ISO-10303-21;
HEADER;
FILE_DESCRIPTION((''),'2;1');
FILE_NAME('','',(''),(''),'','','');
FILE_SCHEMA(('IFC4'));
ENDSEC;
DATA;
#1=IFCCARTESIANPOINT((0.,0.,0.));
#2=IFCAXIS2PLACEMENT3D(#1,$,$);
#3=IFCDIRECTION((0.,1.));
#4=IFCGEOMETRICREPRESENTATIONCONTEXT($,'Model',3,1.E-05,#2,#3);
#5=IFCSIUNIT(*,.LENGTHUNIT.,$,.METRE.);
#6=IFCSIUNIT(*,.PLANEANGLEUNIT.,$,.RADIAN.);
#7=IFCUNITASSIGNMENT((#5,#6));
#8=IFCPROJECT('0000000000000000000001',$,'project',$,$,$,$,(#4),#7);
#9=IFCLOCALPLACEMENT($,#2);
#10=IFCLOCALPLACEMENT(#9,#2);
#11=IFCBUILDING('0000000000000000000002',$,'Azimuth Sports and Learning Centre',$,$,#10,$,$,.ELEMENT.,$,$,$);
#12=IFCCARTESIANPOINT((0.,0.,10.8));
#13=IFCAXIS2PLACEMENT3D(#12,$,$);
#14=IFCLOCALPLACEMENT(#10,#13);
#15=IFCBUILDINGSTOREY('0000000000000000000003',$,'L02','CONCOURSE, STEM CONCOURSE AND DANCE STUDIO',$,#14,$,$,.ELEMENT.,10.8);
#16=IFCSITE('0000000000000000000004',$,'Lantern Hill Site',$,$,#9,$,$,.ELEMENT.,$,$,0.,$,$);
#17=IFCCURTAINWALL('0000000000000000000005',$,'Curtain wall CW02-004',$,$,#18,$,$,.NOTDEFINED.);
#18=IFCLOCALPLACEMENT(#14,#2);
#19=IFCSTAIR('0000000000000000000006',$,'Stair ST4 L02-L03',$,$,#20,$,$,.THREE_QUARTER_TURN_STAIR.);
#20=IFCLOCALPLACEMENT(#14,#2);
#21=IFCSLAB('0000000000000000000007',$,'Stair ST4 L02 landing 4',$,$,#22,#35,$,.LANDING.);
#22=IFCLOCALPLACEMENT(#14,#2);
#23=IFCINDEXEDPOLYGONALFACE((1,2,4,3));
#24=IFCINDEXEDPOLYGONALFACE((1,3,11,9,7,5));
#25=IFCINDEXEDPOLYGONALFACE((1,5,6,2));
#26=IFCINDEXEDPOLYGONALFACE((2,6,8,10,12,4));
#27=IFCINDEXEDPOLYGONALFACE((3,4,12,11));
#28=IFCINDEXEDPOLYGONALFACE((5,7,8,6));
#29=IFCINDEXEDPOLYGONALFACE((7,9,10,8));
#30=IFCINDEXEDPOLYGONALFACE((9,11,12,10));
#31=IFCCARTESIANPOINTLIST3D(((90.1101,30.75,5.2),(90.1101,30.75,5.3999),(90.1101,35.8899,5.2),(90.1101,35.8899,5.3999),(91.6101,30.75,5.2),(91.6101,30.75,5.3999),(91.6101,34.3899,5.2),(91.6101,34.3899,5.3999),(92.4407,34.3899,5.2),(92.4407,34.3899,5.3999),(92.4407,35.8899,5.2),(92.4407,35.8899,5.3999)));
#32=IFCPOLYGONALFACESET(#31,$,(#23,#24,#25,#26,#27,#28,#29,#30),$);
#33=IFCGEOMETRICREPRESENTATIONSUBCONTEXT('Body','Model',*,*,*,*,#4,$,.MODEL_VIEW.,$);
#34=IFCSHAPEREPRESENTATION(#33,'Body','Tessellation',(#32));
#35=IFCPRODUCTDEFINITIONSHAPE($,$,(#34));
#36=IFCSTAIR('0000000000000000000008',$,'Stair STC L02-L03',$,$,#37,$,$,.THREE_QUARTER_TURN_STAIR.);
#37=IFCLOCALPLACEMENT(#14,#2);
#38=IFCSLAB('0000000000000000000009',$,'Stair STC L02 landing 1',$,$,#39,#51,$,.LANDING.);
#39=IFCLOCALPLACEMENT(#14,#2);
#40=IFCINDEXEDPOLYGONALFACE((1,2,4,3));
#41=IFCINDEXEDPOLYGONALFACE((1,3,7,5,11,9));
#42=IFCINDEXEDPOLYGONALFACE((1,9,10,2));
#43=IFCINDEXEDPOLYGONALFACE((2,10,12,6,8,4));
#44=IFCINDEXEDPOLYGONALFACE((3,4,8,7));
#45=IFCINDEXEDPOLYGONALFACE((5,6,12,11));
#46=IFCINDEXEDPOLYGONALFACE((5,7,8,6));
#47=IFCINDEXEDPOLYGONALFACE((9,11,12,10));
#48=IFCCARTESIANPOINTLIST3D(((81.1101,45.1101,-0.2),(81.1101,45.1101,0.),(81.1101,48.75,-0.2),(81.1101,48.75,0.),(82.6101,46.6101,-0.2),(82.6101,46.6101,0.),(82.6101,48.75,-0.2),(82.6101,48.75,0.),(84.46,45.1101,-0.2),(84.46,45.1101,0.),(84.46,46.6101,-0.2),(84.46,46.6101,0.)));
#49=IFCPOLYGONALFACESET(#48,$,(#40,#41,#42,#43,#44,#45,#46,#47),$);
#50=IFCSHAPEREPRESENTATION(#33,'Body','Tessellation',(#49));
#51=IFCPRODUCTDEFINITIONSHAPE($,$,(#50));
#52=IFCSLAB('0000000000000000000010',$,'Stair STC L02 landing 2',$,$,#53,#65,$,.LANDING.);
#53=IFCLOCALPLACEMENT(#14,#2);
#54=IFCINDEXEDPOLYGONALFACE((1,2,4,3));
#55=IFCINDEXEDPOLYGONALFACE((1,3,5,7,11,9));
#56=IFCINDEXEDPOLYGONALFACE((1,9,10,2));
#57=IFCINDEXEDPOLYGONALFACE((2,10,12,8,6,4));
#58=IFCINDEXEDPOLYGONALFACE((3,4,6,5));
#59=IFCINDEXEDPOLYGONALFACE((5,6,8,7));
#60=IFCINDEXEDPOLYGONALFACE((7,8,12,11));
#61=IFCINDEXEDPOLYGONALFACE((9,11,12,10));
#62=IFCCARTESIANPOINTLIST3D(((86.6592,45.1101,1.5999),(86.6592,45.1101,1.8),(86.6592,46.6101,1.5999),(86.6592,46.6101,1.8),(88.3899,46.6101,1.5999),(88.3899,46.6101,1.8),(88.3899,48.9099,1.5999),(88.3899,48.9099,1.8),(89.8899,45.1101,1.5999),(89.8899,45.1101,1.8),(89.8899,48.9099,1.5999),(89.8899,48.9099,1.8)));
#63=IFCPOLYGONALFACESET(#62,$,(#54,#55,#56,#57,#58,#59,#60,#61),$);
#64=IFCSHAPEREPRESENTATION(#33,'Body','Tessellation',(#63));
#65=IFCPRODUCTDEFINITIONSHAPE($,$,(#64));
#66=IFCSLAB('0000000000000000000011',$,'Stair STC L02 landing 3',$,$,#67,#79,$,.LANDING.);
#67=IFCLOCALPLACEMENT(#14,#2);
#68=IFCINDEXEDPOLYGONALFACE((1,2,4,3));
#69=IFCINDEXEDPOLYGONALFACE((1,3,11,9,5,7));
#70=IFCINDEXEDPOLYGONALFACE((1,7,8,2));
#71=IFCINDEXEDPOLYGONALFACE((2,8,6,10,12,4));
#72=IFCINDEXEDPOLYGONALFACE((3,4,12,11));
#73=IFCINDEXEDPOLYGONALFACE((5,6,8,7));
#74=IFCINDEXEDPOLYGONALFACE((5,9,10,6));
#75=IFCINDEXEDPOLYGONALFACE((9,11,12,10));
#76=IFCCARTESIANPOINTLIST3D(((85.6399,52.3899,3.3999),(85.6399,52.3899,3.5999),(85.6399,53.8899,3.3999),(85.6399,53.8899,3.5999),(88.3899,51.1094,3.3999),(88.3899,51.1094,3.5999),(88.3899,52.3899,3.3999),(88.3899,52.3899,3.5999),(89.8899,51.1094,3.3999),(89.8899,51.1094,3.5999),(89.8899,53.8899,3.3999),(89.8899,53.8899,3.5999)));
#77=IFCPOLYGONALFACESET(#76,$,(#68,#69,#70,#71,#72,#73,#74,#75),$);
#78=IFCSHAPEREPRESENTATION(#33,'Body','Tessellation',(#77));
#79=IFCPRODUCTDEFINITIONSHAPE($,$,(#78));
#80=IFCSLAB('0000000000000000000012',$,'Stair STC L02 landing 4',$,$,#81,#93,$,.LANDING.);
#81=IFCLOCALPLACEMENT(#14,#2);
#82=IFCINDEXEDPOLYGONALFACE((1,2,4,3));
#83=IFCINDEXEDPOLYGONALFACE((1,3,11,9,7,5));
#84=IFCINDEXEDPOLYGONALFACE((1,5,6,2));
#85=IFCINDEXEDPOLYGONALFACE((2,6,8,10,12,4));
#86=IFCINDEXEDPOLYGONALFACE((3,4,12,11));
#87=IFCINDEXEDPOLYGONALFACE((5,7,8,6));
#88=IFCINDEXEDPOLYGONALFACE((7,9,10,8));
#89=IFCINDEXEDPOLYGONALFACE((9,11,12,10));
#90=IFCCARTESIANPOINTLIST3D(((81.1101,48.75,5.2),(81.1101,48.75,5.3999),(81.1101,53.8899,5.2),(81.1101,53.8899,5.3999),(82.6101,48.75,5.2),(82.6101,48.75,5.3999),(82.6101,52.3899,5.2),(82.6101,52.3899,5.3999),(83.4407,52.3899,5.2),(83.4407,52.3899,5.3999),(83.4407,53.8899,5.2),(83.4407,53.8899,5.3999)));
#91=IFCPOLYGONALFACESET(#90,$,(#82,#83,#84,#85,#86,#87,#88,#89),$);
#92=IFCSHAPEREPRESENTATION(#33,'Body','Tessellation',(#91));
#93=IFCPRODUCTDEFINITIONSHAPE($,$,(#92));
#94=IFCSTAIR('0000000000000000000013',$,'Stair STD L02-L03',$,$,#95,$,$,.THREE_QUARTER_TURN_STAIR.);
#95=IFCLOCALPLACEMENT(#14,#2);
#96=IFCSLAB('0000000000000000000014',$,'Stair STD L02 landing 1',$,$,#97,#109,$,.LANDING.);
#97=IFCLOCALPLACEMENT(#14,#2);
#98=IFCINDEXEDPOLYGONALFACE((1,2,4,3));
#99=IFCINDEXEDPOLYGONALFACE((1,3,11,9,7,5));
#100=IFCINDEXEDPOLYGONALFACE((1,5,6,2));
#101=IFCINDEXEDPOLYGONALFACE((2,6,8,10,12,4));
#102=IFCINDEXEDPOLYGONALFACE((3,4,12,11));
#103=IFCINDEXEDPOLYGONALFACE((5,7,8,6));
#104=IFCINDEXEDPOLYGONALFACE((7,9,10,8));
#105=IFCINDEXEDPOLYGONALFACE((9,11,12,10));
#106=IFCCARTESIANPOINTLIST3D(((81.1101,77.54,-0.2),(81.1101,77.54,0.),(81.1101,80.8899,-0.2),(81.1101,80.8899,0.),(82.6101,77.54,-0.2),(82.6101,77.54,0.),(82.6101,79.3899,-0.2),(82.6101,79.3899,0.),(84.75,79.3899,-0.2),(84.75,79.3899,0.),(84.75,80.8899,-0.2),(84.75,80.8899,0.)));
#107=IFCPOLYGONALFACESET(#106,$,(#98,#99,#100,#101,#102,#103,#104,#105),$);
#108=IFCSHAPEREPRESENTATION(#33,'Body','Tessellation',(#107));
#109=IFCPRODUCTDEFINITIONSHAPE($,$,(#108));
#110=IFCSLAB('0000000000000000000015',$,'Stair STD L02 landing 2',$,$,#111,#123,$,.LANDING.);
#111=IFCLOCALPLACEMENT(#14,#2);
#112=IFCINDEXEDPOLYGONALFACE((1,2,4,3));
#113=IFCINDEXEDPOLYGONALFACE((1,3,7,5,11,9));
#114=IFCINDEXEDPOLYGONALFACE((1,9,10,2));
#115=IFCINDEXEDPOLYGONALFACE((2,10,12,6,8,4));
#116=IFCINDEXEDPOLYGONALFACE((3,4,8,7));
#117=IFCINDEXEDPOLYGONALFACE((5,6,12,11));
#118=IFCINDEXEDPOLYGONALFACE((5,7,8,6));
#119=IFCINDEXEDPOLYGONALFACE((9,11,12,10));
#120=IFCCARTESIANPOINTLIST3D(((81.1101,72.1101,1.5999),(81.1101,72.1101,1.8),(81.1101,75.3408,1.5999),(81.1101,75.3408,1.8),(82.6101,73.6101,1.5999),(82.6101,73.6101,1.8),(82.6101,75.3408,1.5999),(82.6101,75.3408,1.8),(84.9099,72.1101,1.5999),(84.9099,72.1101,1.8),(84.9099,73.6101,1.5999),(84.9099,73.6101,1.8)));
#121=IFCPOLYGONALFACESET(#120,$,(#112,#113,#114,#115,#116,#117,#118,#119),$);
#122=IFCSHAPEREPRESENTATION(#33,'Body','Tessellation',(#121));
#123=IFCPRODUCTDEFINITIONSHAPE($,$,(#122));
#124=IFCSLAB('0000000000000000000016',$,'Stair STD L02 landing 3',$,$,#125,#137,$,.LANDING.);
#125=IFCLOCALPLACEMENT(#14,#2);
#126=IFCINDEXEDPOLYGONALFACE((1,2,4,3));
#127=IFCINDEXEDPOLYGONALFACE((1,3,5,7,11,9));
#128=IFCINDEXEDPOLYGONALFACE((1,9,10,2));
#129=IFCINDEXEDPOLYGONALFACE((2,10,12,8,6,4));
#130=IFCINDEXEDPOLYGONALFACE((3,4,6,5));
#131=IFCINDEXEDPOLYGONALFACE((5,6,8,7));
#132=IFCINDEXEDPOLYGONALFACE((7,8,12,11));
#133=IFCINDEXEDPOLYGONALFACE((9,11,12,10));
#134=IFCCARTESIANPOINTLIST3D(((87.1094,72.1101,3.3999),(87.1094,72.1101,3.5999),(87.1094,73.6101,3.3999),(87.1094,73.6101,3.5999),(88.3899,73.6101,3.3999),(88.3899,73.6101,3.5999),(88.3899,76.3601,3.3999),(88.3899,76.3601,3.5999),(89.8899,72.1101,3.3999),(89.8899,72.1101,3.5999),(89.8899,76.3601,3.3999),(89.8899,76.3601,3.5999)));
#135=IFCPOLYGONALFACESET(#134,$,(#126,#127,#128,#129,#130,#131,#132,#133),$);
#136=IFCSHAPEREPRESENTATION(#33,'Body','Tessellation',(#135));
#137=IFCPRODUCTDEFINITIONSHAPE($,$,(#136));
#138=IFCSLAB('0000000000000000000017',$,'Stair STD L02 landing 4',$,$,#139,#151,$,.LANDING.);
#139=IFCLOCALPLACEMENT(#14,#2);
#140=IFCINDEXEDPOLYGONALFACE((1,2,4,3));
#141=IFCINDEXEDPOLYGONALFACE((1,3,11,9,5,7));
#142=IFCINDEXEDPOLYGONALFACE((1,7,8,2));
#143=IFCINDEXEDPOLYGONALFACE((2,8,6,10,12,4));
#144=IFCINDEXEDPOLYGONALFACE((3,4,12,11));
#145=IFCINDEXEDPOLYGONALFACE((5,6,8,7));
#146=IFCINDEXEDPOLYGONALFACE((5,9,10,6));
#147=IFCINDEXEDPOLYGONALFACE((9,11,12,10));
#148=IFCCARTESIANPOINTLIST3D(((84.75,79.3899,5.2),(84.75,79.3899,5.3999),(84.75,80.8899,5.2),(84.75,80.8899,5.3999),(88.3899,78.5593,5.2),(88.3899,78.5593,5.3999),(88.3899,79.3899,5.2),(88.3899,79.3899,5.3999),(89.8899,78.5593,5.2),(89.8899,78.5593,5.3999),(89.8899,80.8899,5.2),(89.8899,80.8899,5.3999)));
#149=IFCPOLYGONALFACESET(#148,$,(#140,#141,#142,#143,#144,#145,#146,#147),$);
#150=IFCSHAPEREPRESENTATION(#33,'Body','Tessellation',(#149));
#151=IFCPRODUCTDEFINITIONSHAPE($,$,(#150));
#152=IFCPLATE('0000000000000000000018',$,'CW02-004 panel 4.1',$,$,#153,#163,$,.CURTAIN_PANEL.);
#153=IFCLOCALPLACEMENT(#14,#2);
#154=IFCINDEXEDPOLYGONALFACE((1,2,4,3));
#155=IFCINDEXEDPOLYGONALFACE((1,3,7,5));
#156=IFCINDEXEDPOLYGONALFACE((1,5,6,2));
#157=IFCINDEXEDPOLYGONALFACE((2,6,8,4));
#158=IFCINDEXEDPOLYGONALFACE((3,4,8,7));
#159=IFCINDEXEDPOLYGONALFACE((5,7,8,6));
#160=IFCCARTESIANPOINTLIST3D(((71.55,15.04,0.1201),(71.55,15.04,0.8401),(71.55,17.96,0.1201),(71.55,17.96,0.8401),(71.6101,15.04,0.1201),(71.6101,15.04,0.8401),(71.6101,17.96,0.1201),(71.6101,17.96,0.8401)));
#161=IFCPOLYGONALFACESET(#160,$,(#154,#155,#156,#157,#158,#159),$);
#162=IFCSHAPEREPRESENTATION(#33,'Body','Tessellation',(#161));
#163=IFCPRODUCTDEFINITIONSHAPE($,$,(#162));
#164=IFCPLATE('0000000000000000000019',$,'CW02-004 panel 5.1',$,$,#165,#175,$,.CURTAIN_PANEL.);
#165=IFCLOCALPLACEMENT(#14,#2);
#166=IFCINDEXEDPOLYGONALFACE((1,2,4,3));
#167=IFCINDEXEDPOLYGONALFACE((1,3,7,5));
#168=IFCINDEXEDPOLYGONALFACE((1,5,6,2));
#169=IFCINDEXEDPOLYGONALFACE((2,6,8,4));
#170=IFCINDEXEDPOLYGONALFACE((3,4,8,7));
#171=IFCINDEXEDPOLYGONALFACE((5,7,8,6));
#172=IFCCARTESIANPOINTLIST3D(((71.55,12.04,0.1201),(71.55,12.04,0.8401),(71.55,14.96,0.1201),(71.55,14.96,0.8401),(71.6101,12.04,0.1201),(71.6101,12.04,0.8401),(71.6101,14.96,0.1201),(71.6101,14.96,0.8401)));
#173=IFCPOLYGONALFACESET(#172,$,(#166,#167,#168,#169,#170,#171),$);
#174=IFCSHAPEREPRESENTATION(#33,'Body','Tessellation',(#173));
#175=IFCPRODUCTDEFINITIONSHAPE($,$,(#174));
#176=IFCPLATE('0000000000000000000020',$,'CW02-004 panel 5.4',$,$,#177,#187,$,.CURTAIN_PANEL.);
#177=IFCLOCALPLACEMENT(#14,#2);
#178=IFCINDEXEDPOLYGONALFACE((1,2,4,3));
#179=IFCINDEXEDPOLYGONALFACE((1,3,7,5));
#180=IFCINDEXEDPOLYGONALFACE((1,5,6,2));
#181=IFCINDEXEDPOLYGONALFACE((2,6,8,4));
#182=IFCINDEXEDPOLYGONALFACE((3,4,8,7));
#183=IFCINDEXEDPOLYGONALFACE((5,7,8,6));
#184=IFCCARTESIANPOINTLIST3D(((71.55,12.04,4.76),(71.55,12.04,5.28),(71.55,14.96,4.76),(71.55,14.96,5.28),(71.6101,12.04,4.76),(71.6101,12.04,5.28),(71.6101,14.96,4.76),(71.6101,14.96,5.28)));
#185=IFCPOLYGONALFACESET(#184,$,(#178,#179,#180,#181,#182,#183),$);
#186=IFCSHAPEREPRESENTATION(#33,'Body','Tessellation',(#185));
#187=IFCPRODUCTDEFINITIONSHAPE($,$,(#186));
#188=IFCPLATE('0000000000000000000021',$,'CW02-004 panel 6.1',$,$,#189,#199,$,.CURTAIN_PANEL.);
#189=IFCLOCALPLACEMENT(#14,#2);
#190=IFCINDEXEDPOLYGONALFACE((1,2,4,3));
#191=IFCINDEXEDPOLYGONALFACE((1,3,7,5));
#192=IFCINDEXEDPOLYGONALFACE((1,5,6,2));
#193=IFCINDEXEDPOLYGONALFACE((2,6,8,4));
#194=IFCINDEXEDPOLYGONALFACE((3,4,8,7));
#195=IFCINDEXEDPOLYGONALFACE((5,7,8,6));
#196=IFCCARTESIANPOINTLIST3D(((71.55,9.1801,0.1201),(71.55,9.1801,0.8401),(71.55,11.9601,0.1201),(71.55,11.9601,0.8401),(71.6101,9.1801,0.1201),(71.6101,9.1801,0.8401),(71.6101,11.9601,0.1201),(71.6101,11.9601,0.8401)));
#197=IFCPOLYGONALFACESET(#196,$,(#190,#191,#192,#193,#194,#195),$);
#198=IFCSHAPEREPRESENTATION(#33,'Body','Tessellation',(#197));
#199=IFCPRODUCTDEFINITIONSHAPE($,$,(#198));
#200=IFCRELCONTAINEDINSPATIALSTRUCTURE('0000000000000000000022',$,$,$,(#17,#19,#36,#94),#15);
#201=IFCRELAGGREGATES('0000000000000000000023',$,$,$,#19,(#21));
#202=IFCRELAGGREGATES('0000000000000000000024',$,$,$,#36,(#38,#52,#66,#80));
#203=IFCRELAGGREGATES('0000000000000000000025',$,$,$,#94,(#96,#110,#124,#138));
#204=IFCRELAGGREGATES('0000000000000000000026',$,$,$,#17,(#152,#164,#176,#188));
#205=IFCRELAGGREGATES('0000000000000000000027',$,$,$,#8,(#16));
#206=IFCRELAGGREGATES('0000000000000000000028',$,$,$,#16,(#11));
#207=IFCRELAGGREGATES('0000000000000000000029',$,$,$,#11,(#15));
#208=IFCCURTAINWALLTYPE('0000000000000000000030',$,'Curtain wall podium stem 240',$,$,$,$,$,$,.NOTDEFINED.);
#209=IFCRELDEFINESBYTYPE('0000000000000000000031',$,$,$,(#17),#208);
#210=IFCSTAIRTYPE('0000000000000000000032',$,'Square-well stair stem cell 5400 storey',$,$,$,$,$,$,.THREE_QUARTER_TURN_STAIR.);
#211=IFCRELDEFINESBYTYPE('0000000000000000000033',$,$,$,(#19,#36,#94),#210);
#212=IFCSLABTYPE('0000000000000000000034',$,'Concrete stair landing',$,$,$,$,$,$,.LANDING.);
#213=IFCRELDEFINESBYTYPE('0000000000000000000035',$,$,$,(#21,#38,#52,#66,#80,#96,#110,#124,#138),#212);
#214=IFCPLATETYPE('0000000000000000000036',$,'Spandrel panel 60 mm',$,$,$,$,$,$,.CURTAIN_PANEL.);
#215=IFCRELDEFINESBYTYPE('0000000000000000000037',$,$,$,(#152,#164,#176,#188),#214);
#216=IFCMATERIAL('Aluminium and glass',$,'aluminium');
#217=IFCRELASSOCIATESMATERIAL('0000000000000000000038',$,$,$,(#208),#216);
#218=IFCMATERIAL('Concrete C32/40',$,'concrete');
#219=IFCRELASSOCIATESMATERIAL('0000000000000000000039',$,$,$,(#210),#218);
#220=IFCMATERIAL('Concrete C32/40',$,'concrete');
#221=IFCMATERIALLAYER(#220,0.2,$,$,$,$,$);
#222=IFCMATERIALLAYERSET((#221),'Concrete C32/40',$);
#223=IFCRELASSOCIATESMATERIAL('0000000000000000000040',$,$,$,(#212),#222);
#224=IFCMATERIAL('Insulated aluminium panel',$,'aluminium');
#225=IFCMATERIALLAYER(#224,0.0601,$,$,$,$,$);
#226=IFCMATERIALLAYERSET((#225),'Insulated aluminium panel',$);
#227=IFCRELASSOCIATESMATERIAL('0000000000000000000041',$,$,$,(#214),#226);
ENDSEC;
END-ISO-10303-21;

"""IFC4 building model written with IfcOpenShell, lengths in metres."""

from ifc_helpers import new_model, si_unit, direction, frame, origin, origin_2d, place, context, subcontext, project, spatial, polyline, rectangle, outline, extrude, material, layer, layer_set, type_object, element, aggregate, save


model = new_model("IFC4")

# Units and contexts
model_context = context("Model", 3, precision=1e-05, world=origin(), true_north=direction((0.0, 1.0)))
body_context = subcontext(model_context, "Body", "Model", "MODEL_VIEW")
ifc_project = project(units=[si_unit("LENGTHUNIT", "METRE"), si_unit("PLANEANGLEUNIT", "RADIAN")], contexts=[model_context])

# Site, building, storey
site_placement = place(None, origin())
site = spatial("IfcSite", under=ifc_project, at=site_placement, Name="Lantern Hill Site", CompositionType="ELEMENT", RefElevation=0.0)
building_placement = place(site_placement, origin())
building = spatial("IfcBuilding", under=site, at=building_placement, Name="Azimuth Sports and Learning Centre", CompositionType="ELEMENT")
storey_placement = place(building_placement, frame((0.0, 0.0, 10.8)))
storey = spatial("IfcBuildingStorey", under=building, at=storey_placement, Name="L02", Description="CONCOURSE, STEM CONCOURSE AND DANCE STUDIO", CompositionType="ELEMENT", Elevation=10.8)

# Curtain wall
ifc_material_1 = material(Name="Aluminium and glass", Category="aluminium")
curtain_wall_type = type_object("IfcCurtainWallType", Name="Curtain wall podium stem 240", PredefinedType="NOTDEFINED", material=ifc_material_1)
curtain_wall_placement = place(storey_placement, origin())
curtain_wall = element("IfcCurtainWall", 1, at=curtain_wall_placement, inside=storey, type_object=curtain_wall_type, Name="Curtain wall CW02-004", PredefinedType="NOTDEFINED")

# Stairs, slabs
ifc_material_2 = material(Name="Concrete C32/40", Category="concrete")
stair_type = type_object("IfcStairType", Name="Square-well stair stem cell 5400 storey", PredefinedType="THREE_QUARTER_TURN_STAIR", material=ifc_material_2)
stair_1_placement = place(storey_placement, origin())
stair_1 = element("IfcStair", 2, at=stair_1_placement, inside=storey, type_object=stair_type, Name="Stair ST4 L02-L03", PredefinedType="THREE_QUARTER_TURN_STAIR")
ifc_material_3 = material(Name="Concrete C32/40", Category="concrete")
ifc_layer_1 = layer(ifc_material_3, 0.2)
ifc_layer_set_1 = layer_set([ifc_layer_1], Name="Concrete C32/40")
slab_type = type_object("IfcSlabType", Name="Concrete stair landing", PredefinedType="LANDING", material=ifc_layer_set_1)
slab_1_placement = place(storey_placement, frame((0.0, 0.0, 5.2)))
slab_1 = element("IfcSlab", 3, at=slab_1_placement, type_object=slab_type, Name="Stair ST4 L02 landing 4", PredefinedType="LANDING", context=body_context, shape_type="SweptSolid", body=[
    extrude(outline(polyline([(91.6101, 34.3899), (92.4407, 34.3899), (92.4407, 35.8899), (90.1101, 35.8899), (90.1101, 30.75), (91.6101, 30.75), (91.6101, 34.3899)])), origin(), (0.0, 0.0, 1.0), 0.2),
])
aggregate(stair_1, [slab_1])
stair_2_placement = place(storey_placement, origin())
stair_2 = element("IfcStair", 4, at=stair_2_placement, inside=storey, type_object=stair_type, Name="Stair STC L02-L03", PredefinedType="THREE_QUARTER_TURN_STAIR")
slab_2_placement = place(storey_placement, frame((0.0, 0.0, -0.2)))
slab_2 = element("IfcSlab", 5, at=slab_2_placement, type_object=slab_type, Name="Stair STC L02 landing 1", PredefinedType="LANDING", context=body_context, shape_type="SweptSolid", body=[
    extrude(outline(polyline([(84.46, 46.6101), (82.6101, 46.6101), (82.6101, 48.75), (81.1101, 48.75), (81.1101, 45.1101), (84.46, 45.1101), (84.46, 46.6101)])), origin(), (0.0, 0.0, 1.0), 0.2),
])
slab_3_placement = place(storey_placement, frame((0.0, 0.0, 1.5999)))
slab_3 = element("IfcSlab", 6, at=slab_3_placement, type_object=slab_type, Name="Stair STC L02 landing 2", PredefinedType="LANDING", context=body_context, shape_type="SweptSolid", body=[
    extrude(outline(polyline([(88.3899, 46.6101), (86.6592, 46.6101), (86.6592, 45.1101), (89.8899, 45.1101), (89.8899, 48.9099), (88.3899, 48.9099), (88.3899, 46.6101)])), origin(), (0.0, 0.0, 1.0), 0.2002),
])
slab_4_placement = place(storey_placement, frame((0.0, 0.0, 3.3999)))
slab_4 = element("IfcSlab", 7, at=slab_4_placement, type_object=slab_type, Name="Stair STC L02 landing 3", PredefinedType="LANDING", context=body_context, shape_type="SweptSolid", body=[
    extrude(outline(polyline([(88.3899, 52.3899), (88.3899, 51.1094), (89.8899, 51.1094), (89.8899, 53.8899), (85.6399, 53.8899), (85.6399, 52.3899), (88.3899, 52.3899)])), origin(), (0.0, 0.0, 1.0), 0.2),
])
slab_5_placement = place(storey_placement, frame((0.0, 0.0, 5.2)))
slab_5 = element("IfcSlab", 8, at=slab_5_placement, type_object=slab_type, Name="Stair STC L02 landing 4", PredefinedType="LANDING", context=body_context, shape_type="SweptSolid", body=[
    extrude(outline(polyline([(82.6101, 52.3899), (83.4407, 52.3899), (83.4407, 53.8899), (81.1101, 53.8899), (81.1101, 48.75), (82.6101, 48.75), (82.6101, 52.3899)])), origin(), (0.0, 0.0, 1.0), 0.2),
])
aggregate(stair_2, [slab_2, slab_3, slab_4, slab_5])
stair_3_placement = place(storey_placement, origin())
stair_3 = element("IfcStair", 9, at=stair_3_placement, inside=storey, type_object=stair_type, Name="Stair STD L02-L03", PredefinedType="THREE_QUARTER_TURN_STAIR")
slab_6_placement = place(storey_placement, frame((0.0, 0.0, -0.2)))
slab_6 = element("IfcSlab", 10, at=slab_6_placement, type_object=slab_type, Name="Stair STD L02 landing 1", PredefinedType="LANDING", context=body_context, shape_type="SweptSolid", body=[
    extrude(outline(polyline([(82.6101, 77.54), (82.6101, 79.3899), (84.75, 79.3899), (84.75, 80.8899), (81.1101, 80.8899), (81.1101, 77.54), (82.6101, 77.54)])), origin(), (0.0, 0.0, 1.0), 0.2),
])
slab_7_placement = place(storey_placement, frame((0.0, 0.0, 1.5999)))
slab_7 = element("IfcSlab", 11, at=slab_7_placement, type_object=slab_type, Name="Stair STD L02 landing 2", PredefinedType="LANDING", context=body_context, shape_type="SweptSolid", body=[
    extrude(outline(polyline([(82.6101, 73.6101), (82.6101, 75.3408), (81.1101, 75.3408), (81.1101, 72.1101), (84.9099, 72.1101), (84.9099, 73.6101), (82.6101, 73.6101)])), origin(), (0.0, 0.0, 1.0), 0.2002),
])
slab_8_placement = place(storey_placement, frame((0.0, 0.0, 3.3999)))
slab_8 = element("IfcSlab", 12, at=slab_8_placement, type_object=slab_type, Name="Stair STD L02 landing 3", PredefinedType="LANDING", context=body_context, shape_type="SweptSolid", body=[
    extrude(outline(polyline([(88.3899, 73.6101), (87.1094, 73.6101), (87.1094, 72.1101), (89.8899, 72.1101), (89.8899, 76.3601), (88.3899, 76.3601), (88.3899, 73.6101)])), origin(), (0.0, 0.0, 1.0), 0.2),
])
slab_9_placement = place(storey_placement, frame((0.0, 0.0, 5.2)))
slab_9 = element("IfcSlab", 13, at=slab_9_placement, type_object=slab_type, Name="Stair STD L02 landing 4", PredefinedType="LANDING", context=body_context, shape_type="SweptSolid", body=[
    extrude(outline(polyline([(88.3899, 79.3899), (88.3899, 78.5593), (89.8899, 78.5593), (89.8899, 80.8899), (84.75, 80.8899), (84.75, 79.3899), (88.3899, 79.3899)])), origin(), (0.0, 0.0, 1.0), 0.2),
])
aggregate(stair_3, [slab_6, slab_7, slab_8, slab_9])

# Plates
ifc_material_4 = material(Name="Insulated aluminium panel", Category="aluminium")
ifc_layer_2 = layer(ifc_material_4, 0.0601)
ifc_layer_set_2 = layer_set([ifc_layer_2], Name="Insulated aluminium panel")
plate_type_1 = type_object("IfcPlateType", Name="Spandrel panel 60 mm", PredefinedType="CURTAIN_PANEL", material=ifc_layer_set_2)
plate_1_placement = place(storey_placement, frame((71.5801, 16.5, 0.1201), z_axis=(0.0, 0.0, 1.0), x_axis=(0.0, -1.0, 0.0)))
plate_1 = element("IfcPlate", 14, at=plate_1_placement, type_object=plate_type_1, Name="CW02-004 panel 4.1", PredefinedType="CURTAIN_PANEL", context=body_context, shape_type="SweptSolid", body=[
    extrude(rectangle(XDim=2.9199, YDim=0.0601, at=origin_2d()), origin(), (0.0, 0.0, 1.0), 0.72),
])
plate_2_placement = place(storey_placement, frame((71.5801, 13.5, 0.1201), z_axis=(0.0, 0.0, 1.0), x_axis=(0.0, -1.0, 0.0)))
plate_2 = element("IfcPlate", 15, at=plate_2_placement, type_object=plate_type_1, Name="CW02-004 panel 5.1", PredefinedType="CURTAIN_PANEL", context=body_context, shape_type="SweptSolid", body=[
    extrude(rectangle(XDim=2.9199, YDim=0.0601, at=origin_2d()), origin(), (0.0, 0.0, 1.0), 0.72),
])
plate_3_placement = place(storey_placement, frame((71.5801, 13.5, 4.76), z_axis=(0.0, 0.0, 1.0), x_axis=(0.0, -1.0, 0.0)))
plate_3 = element("IfcPlate", 16, at=plate_3_placement, type_object=plate_type_1, Name="CW02-004 panel 5.4", PredefinedType="CURTAIN_PANEL", context=body_context, shape_type="SweptSolid", body=[
    extrude(rectangle(XDim=2.9199, YDim=0.0601, at=origin_2d()), origin(), (0.0, 0.0, 1.0), 0.52),
])
plate_4_placement = place(storey_placement, frame((71.5801, 10.5701, 0.1201), z_axis=(0.0, 0.0, 1.0), x_axis=(0.0, -1.0, 0.0)))
plate_4 = element("IfcPlate", 17, at=plate_4_placement, type_object=plate_type_1, Name="CW02-004 panel 6.1", PredefinedType="CURTAIN_PANEL", context=body_context, shape_type="SweptSolid", body=[
    extrude(rectangle(XDim=2.78, YDim=0.0601, at=origin_2d()), origin(), (0.0, 0.0, 1.0), 0.72),
])
aggregate(curtain_wall, [plate_1, plate_2, plate_3, plate_4])

save(model, "model.ifc")
